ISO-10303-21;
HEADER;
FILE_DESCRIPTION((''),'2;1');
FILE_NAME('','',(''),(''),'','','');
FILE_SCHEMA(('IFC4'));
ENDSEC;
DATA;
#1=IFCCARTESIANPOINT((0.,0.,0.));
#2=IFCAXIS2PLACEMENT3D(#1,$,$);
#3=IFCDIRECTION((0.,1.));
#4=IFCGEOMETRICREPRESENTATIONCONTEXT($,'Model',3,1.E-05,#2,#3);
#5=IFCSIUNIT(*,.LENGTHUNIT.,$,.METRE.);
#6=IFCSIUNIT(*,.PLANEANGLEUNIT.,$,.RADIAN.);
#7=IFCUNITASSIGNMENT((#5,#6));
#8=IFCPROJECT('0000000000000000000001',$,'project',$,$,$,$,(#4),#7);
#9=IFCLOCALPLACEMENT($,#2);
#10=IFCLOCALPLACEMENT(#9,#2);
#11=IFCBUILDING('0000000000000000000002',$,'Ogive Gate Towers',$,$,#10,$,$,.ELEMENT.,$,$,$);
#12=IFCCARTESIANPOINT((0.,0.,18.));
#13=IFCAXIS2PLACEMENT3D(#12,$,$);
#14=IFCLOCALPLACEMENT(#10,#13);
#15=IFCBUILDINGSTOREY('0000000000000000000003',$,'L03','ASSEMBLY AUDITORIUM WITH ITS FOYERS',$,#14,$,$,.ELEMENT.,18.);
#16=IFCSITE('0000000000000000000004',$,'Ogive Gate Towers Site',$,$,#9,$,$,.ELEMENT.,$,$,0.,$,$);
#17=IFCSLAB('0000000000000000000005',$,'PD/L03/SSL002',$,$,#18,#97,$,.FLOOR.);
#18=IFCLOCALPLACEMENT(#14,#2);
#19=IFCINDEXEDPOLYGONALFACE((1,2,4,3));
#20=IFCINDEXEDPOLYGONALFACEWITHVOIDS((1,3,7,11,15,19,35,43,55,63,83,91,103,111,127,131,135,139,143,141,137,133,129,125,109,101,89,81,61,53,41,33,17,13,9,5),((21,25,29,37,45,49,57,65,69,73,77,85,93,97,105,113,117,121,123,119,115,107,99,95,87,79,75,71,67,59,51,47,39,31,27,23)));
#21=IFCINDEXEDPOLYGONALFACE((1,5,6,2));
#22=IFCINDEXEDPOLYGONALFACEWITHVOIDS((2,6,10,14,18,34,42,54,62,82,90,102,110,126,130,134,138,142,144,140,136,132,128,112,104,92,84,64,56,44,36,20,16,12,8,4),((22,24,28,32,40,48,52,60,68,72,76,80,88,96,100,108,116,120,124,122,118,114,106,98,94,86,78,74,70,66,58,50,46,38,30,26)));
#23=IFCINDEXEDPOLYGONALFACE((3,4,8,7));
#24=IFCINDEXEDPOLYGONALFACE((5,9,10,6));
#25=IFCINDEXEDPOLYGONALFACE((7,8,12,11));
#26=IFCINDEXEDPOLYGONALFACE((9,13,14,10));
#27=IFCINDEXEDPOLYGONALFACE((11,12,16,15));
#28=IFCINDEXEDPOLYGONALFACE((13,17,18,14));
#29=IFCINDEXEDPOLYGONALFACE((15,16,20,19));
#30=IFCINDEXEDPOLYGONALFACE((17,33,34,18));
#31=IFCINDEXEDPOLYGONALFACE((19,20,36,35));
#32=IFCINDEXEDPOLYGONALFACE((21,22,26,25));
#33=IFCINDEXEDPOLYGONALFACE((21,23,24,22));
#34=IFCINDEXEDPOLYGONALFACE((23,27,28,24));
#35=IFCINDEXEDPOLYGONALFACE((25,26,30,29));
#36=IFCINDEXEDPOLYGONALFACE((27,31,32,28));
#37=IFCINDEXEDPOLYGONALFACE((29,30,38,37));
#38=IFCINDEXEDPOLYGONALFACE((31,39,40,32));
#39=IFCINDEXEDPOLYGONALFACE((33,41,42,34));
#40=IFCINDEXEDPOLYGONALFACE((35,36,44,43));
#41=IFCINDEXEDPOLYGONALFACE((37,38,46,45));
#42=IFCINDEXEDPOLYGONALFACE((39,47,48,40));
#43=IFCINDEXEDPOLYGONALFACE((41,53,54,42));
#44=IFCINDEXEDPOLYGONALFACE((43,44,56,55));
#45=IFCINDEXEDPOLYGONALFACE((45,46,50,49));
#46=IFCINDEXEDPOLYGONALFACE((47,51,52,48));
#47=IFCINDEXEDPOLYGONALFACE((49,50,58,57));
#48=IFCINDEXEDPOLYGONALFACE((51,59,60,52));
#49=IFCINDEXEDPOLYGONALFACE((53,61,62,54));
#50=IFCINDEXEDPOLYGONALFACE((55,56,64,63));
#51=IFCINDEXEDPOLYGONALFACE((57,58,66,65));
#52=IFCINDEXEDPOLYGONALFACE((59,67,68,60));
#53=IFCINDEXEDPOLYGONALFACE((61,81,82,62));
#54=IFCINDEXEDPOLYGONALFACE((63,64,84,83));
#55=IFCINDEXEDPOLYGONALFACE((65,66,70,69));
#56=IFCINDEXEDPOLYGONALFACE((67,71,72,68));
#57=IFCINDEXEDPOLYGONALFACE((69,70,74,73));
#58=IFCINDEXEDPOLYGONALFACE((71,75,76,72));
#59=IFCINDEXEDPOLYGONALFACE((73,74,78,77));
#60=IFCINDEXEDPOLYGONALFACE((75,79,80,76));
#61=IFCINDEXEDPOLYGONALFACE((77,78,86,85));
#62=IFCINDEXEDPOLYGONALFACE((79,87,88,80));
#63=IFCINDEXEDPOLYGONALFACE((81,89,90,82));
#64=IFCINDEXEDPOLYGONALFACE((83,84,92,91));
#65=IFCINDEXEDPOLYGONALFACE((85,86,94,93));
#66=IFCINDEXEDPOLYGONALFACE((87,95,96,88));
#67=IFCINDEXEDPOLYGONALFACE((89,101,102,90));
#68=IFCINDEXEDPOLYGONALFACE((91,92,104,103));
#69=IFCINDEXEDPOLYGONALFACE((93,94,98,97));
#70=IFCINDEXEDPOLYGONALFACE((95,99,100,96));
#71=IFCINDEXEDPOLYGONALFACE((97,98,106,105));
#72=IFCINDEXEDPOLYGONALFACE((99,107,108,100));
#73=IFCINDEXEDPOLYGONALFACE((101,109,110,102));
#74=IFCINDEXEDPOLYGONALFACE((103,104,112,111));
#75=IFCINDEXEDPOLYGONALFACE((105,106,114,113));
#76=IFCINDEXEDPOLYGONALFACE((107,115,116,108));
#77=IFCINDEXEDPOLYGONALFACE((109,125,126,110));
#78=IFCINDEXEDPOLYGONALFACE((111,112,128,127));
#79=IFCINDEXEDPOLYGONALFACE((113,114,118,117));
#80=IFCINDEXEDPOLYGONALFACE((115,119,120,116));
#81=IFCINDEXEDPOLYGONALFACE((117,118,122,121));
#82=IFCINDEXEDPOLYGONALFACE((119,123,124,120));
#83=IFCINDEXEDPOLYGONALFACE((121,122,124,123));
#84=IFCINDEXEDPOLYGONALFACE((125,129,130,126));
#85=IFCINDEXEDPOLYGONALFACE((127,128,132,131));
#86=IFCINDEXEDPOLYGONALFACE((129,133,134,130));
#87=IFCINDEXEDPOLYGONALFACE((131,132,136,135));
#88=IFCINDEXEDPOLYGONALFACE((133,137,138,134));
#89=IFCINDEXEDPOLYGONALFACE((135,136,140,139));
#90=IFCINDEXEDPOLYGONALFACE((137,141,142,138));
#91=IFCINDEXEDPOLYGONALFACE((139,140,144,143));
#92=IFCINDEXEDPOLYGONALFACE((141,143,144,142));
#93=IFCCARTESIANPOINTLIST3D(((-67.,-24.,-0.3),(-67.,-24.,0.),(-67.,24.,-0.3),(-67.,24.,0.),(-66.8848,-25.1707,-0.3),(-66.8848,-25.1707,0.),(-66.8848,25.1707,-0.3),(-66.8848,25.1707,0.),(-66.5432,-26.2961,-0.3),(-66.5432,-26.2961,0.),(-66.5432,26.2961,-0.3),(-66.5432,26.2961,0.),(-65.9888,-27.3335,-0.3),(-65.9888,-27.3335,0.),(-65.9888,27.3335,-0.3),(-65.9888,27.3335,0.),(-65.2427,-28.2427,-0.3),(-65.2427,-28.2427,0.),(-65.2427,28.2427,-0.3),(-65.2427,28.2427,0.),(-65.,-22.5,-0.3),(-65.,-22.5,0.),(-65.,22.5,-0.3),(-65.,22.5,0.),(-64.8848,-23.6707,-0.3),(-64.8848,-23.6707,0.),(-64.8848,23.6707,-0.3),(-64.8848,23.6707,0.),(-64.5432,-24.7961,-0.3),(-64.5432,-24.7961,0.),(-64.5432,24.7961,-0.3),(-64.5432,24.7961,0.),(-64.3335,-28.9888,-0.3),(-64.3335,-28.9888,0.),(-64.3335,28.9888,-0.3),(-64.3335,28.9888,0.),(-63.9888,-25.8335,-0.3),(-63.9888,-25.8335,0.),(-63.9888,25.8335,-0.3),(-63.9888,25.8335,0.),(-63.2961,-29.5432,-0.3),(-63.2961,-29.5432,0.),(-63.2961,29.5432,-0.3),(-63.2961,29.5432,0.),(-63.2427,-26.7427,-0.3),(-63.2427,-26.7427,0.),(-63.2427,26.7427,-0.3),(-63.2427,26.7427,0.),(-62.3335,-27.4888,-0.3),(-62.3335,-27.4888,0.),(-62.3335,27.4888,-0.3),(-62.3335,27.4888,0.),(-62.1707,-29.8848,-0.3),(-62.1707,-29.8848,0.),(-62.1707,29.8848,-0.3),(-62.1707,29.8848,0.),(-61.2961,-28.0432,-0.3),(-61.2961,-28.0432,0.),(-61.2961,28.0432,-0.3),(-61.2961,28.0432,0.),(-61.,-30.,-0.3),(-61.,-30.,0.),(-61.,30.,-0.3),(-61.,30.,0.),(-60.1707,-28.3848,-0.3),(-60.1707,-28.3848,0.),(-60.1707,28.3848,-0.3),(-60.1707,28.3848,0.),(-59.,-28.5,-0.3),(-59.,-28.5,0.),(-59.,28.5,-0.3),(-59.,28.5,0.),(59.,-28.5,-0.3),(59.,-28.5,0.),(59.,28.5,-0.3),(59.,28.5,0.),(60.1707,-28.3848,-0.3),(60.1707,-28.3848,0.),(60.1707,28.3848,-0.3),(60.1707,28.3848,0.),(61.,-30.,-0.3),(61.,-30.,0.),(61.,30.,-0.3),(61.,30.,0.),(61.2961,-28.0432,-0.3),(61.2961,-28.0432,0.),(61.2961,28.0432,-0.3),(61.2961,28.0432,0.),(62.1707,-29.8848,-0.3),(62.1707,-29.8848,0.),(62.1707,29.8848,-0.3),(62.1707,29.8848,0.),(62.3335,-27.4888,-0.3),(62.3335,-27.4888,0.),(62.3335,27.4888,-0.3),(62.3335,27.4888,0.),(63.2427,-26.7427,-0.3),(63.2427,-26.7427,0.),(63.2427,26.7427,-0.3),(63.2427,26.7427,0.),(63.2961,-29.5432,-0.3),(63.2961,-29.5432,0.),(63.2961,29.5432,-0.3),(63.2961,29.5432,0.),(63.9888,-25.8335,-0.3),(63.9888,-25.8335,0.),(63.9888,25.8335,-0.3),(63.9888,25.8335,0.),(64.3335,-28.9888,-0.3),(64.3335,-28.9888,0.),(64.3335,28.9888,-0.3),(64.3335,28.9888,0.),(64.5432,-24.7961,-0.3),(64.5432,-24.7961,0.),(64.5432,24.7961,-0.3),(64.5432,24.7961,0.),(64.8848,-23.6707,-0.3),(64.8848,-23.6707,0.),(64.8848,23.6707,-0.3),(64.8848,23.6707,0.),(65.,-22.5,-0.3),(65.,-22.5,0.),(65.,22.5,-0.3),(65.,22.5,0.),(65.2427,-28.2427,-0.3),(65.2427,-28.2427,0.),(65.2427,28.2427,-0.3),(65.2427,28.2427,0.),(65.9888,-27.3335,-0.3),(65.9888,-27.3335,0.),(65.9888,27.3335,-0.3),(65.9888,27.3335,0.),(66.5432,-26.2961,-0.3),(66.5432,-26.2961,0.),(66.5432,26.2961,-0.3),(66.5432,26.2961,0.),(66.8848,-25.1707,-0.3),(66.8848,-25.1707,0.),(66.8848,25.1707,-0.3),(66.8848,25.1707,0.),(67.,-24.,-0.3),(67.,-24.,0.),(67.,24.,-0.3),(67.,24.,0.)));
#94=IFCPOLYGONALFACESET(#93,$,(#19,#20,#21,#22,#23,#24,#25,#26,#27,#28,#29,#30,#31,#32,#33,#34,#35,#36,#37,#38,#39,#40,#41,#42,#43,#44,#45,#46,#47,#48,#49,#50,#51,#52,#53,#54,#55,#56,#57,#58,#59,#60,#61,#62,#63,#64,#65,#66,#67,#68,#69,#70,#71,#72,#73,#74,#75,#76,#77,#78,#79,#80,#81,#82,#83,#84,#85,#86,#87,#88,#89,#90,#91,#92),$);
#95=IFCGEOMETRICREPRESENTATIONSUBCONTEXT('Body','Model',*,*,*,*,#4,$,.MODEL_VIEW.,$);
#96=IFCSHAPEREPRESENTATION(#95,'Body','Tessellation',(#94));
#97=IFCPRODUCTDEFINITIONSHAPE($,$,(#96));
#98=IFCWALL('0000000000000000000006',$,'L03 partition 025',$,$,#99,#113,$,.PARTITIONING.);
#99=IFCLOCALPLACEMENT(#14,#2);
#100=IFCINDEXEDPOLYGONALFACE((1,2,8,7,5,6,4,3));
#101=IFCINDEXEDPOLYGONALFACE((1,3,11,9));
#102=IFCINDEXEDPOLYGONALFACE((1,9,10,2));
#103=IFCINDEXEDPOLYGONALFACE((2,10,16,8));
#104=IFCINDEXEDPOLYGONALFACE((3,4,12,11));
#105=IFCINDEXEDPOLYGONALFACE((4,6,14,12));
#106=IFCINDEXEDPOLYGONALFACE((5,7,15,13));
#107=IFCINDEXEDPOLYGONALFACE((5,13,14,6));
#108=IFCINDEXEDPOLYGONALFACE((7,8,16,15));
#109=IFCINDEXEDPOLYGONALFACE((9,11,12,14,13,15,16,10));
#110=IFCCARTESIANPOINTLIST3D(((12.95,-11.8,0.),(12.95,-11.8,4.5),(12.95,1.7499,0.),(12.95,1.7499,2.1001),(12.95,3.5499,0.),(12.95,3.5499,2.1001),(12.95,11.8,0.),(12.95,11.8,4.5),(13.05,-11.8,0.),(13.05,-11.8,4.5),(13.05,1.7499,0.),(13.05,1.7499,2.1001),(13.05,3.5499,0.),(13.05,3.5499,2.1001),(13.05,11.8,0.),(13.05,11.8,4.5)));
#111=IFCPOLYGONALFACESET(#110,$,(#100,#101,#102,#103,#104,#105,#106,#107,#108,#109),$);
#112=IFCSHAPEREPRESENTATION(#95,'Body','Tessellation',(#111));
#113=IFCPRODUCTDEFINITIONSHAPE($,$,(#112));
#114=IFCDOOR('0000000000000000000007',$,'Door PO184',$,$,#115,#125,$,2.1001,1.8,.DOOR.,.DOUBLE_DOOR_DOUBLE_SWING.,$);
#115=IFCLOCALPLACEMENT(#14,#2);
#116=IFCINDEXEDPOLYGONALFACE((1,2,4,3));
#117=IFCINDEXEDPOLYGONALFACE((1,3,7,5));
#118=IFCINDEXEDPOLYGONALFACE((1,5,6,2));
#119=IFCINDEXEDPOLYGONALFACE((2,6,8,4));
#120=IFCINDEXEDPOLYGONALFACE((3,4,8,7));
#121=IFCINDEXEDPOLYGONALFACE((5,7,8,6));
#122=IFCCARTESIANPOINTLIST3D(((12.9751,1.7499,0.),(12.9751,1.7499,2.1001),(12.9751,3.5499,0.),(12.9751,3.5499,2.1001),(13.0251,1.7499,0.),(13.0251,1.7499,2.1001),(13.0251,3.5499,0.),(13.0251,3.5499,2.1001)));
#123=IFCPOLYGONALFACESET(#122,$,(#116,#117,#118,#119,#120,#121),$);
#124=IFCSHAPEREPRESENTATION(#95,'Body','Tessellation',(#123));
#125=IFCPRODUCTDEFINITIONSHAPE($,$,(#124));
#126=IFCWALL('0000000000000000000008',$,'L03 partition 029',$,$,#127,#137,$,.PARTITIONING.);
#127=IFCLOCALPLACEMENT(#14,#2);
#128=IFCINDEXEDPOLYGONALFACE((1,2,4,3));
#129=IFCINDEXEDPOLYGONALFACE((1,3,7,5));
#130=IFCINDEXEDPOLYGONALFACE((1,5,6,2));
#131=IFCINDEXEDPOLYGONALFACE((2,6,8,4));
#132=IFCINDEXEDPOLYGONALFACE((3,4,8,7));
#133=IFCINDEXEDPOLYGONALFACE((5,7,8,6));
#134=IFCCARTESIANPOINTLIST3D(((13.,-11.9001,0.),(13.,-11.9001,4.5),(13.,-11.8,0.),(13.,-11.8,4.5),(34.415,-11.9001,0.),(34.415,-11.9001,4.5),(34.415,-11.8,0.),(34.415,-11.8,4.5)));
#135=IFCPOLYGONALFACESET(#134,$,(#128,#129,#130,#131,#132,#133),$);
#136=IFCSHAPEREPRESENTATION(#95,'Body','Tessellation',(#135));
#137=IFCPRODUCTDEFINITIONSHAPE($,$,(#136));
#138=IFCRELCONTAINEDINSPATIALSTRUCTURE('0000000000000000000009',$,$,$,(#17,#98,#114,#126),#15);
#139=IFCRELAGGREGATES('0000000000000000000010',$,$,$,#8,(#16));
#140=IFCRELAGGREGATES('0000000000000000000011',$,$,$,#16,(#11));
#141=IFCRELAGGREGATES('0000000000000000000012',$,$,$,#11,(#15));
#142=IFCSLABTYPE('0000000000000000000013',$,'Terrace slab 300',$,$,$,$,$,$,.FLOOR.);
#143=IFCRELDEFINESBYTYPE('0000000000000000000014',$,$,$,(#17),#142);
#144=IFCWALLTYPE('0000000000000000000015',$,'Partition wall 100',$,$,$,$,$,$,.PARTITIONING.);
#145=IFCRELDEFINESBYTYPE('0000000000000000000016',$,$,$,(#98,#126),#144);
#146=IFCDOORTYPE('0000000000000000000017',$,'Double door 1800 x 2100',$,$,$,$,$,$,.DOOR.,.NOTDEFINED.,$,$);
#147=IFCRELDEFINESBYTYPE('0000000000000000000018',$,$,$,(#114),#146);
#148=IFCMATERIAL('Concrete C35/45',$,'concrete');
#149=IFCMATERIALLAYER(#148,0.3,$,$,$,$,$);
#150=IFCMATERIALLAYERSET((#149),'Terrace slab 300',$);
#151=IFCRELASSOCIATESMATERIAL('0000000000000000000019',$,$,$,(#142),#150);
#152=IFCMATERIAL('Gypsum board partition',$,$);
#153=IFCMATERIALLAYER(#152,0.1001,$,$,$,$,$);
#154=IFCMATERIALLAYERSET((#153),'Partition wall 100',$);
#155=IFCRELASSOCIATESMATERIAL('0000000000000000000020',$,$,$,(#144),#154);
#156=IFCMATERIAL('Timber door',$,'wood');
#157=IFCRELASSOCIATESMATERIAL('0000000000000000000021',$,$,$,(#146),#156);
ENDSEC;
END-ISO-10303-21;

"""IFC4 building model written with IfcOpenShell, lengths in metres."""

from ifc_helpers import new_model, si_unit, direction, frame, frame_2d, origin, place, context, subcontext, project, spatial, polyline, rectangle, outline, extrude, material, layer, layer_set, type_object, element, fill, save


model = new_model("IFC4")

# Units and contexts
model_context = context("Model", 3, precision=1e-05, world=origin(), true_north=direction((0.0, 1.0)))
body_context = subcontext(model_context, "Body", "Model", "MODEL_VIEW")
ifc_project = project(units=[si_unit("LENGTHUNIT", "METRE"), si_unit("PLANEANGLEUNIT", "RADIAN")], contexts=[model_context])

# Site, building, storey
site_placement = place(None, origin())
site = spatial("IfcSite", under=ifc_project, at=site_placement, Name="Ogive Gate Towers Site", CompositionType="ELEMENT", RefElevation=0.0)
building_placement = place(site_placement, origin())
building = spatial("IfcBuilding", under=site, at=building_placement, Name="Ogive Gate Towers", CompositionType="ELEMENT")
storey_placement = place(building_placement, frame((0.0, 0.0, 18.0)))
storey = spatial("IfcBuildingStorey", under=building, at=storey_placement, Name="L03", Description="ASSEMBLY AUDITORIUM WITH ITS FOYERS", CompositionType="ELEMENT", Elevation=18.0)

# Slab
ifc_material_1 = material(Name="Concrete C35/45", Category="concrete")
ifc_layer_1 = layer(ifc_material_1, 0.3)
ifc_layer_set_1 = layer_set([ifc_layer_1], Name="Terrace slab 300")
slab_type_1 = type_object("IfcSlabType", Name="Terrace slab 300", PredefinedType="FLOOR", material=ifc_layer_set_1)
slab_1_placement = place(storey_placement, frame((0.0, 0.0, -0.3)))
element("IfcSlab", 1, at=slab_1_placement, inside=storey, type_object=slab_type_1, Name="PD/L03/SSL002", PredefinedType="FLOOR", context=body_context, shape_type="SweptSolid", body=[
    extrude(outline(polyline([(-61.0, -30.0), (61.0, -30.0), (62.1707, -29.8848), (63.2961, -29.5432), (64.3335, -28.9888), (65.2427, -28.2427), (65.9888, -27.3335), (66.5432, -26.2961), (66.8848, -25.1707), (67.0, -24.0), (67.0, 24.0), (66.8848, 25.1707), (66.5432, 26.2961), (65.9888, 27.3335), (65.2427, 28.2427), (64.3335, 28.9888), (63.2961, 29.5432), (62.1707, 29.8848), (61.0, 30.0), (-61.0, 30.0), (-62.1707, 29.8848), (-63.2961, 29.5432), (-64.3335, 28.9888), (-65.2427, 28.2427), (-65.9888, 27.3335), (-66.5432, 26.2961), (-66.8848, 25.1707), (-67.0, 24.0), (-67.0, -24.0), (-66.8848, -25.1707), (-66.5432, -26.2961), (-65.9888, -27.3335), (-65.2427, -28.2427), (-64.3335, -28.9888), (-63.2961, -29.5432), (-62.1707, -29.8848), (-61.0, -30.0)]), holes=[polyline([(60.1707, -28.3848), (59.0, -28.5), (-59.0, -28.5), (-60.1707, -28.3848), (-61.2961, -28.0432), (-62.3335, -27.4888), (-63.2427, -26.7427), (-63.9888, -25.8335), (-64.5432, -24.7961), (-64.8848, -23.6707), (-65.0, -22.5), (-65.0, 22.5), (-64.8848, 23.6707), (-64.5432, 24.7961), (-63.9888, 25.8335), (-63.2427, 26.7427), (-62.3335, 27.4888), (-61.2961, 28.0432), (-60.1707, 28.3848), (-59.0, 28.5), (59.0, 28.5), (60.1707, 28.3848), (61.2961, 28.0432), (62.3335, 27.4888), (63.2427, 26.7427), (63.9888, 25.8335), (64.5432, 24.7961), (64.8848, 23.6707), (65.0, 22.5), (65.0, -22.5), (64.8848, -23.6707), (64.5432, -24.7961), (63.9888, -25.8335), (63.2427, -26.7427), (62.3335, -27.4888), (61.2961, -28.0432), (60.1707, -28.3848)])]), origin(), (0.0, 0.0, 1.0), 0.3),
])

# Wall, opening, door
ifc_material_2 = material(Name="Gypsum board partition")
ifc_layer_2 = layer(ifc_material_2, 0.1001)
ifc_layer_set_2 = layer_set([ifc_layer_2], Name="Partition wall 100")
wall_type = type_object("IfcWallType", Name="Partition wall 100", PredefinedType="PARTITIONING", material=ifc_layer_set_2)
wall_1_placement = place(storey_placement, frame((13.0, -11.8, 0.0), z_axis=(0.0, 0.0, 1.0), x_axis=(0.0, 1.0, 0.0)))
wall_1 = element("IfcWall", 2, at=wall_1_placement, inside=storey, type_object=wall_type, Name="L03 partition 025", PredefinedType="PARTITIONING", context=body_context, shape_type="SweptSolid", body=[
    extrude(rectangle(XDim=23.6001, YDim=0.1001, at=frame_2d((11.8, 0.0))), origin(), (0.0, 0.0, 1.0), 4.5),
])
opening_placement = place(wall_1_placement, frame((13.55, 0.0, 0.0)))
opening = element("IfcOpeningElement", 3, at=opening_placement, cuts=wall_1, PredefinedType="OPENING", context=body_context, shape_type="SweptSolid", body=[
    extrude(rectangle(XDim=1.8, YDim=2.1001, at=frame_2d((0.8999, 1.05))), frame((0.0, 0.0601, 0.0), z_axis=(0.0, -1.0, 0.0), x_axis=(1.0, 0.0, 0.0)), (0.0, 0.0, 1.0), 0.1201),
])
ifc_material_3 = material(Name="Timber door", Category="wood")
door_type = type_object("IfcDoorType", Name="Double door 1800 x 2100", OperationType="NOTDEFINED", PredefinedType="DOOR", material=ifc_material_3)
door_placement = place(opening_placement, origin())
door = element("IfcDoor", 4, at=door_placement, inside=storey, type_object=door_type, Name="Door PO184", OperationType="DOUBLE_DOOR_DOUBLE_SWING", OverallHeight=2.1001, OverallWidth=1.8, PredefinedType="DOOR", context=body_context, shape_type="SweptSolid", body=[
    extrude(rectangle(XDim=1.8, YDim=2.1001, at=frame_2d((0.8999, 1.05))), frame((0.0, 0.0249, 0.0), z_axis=(0.0, -1.0, 0.0), x_axis=(1.0, 0.0, 0.0)), (0.0, 0.0, 1.0), 0.05),
])
fill(opening, door)

# Wall
wall_2_placement = place(storey_placement, frame((13.0, -11.8501, 0.0), z_axis=(0.0, 0.0, 1.0), x_axis=(1.0, 0.0, 0.0)))
element("IfcWall", 5, at=wall_2_placement, inside=storey, type_object=wall_type, Name="L03 partition 029", PredefinedType="PARTITIONING", context=body_context, shape_type="SweptSolid", body=[
    extrude(rectangle(XDim=21.415, YDim=0.1001, at=frame_2d((10.7075, 0.0))), origin(), (0.0, 0.0, 1.0), 4.5),
])

save(model, "model.ifc")
